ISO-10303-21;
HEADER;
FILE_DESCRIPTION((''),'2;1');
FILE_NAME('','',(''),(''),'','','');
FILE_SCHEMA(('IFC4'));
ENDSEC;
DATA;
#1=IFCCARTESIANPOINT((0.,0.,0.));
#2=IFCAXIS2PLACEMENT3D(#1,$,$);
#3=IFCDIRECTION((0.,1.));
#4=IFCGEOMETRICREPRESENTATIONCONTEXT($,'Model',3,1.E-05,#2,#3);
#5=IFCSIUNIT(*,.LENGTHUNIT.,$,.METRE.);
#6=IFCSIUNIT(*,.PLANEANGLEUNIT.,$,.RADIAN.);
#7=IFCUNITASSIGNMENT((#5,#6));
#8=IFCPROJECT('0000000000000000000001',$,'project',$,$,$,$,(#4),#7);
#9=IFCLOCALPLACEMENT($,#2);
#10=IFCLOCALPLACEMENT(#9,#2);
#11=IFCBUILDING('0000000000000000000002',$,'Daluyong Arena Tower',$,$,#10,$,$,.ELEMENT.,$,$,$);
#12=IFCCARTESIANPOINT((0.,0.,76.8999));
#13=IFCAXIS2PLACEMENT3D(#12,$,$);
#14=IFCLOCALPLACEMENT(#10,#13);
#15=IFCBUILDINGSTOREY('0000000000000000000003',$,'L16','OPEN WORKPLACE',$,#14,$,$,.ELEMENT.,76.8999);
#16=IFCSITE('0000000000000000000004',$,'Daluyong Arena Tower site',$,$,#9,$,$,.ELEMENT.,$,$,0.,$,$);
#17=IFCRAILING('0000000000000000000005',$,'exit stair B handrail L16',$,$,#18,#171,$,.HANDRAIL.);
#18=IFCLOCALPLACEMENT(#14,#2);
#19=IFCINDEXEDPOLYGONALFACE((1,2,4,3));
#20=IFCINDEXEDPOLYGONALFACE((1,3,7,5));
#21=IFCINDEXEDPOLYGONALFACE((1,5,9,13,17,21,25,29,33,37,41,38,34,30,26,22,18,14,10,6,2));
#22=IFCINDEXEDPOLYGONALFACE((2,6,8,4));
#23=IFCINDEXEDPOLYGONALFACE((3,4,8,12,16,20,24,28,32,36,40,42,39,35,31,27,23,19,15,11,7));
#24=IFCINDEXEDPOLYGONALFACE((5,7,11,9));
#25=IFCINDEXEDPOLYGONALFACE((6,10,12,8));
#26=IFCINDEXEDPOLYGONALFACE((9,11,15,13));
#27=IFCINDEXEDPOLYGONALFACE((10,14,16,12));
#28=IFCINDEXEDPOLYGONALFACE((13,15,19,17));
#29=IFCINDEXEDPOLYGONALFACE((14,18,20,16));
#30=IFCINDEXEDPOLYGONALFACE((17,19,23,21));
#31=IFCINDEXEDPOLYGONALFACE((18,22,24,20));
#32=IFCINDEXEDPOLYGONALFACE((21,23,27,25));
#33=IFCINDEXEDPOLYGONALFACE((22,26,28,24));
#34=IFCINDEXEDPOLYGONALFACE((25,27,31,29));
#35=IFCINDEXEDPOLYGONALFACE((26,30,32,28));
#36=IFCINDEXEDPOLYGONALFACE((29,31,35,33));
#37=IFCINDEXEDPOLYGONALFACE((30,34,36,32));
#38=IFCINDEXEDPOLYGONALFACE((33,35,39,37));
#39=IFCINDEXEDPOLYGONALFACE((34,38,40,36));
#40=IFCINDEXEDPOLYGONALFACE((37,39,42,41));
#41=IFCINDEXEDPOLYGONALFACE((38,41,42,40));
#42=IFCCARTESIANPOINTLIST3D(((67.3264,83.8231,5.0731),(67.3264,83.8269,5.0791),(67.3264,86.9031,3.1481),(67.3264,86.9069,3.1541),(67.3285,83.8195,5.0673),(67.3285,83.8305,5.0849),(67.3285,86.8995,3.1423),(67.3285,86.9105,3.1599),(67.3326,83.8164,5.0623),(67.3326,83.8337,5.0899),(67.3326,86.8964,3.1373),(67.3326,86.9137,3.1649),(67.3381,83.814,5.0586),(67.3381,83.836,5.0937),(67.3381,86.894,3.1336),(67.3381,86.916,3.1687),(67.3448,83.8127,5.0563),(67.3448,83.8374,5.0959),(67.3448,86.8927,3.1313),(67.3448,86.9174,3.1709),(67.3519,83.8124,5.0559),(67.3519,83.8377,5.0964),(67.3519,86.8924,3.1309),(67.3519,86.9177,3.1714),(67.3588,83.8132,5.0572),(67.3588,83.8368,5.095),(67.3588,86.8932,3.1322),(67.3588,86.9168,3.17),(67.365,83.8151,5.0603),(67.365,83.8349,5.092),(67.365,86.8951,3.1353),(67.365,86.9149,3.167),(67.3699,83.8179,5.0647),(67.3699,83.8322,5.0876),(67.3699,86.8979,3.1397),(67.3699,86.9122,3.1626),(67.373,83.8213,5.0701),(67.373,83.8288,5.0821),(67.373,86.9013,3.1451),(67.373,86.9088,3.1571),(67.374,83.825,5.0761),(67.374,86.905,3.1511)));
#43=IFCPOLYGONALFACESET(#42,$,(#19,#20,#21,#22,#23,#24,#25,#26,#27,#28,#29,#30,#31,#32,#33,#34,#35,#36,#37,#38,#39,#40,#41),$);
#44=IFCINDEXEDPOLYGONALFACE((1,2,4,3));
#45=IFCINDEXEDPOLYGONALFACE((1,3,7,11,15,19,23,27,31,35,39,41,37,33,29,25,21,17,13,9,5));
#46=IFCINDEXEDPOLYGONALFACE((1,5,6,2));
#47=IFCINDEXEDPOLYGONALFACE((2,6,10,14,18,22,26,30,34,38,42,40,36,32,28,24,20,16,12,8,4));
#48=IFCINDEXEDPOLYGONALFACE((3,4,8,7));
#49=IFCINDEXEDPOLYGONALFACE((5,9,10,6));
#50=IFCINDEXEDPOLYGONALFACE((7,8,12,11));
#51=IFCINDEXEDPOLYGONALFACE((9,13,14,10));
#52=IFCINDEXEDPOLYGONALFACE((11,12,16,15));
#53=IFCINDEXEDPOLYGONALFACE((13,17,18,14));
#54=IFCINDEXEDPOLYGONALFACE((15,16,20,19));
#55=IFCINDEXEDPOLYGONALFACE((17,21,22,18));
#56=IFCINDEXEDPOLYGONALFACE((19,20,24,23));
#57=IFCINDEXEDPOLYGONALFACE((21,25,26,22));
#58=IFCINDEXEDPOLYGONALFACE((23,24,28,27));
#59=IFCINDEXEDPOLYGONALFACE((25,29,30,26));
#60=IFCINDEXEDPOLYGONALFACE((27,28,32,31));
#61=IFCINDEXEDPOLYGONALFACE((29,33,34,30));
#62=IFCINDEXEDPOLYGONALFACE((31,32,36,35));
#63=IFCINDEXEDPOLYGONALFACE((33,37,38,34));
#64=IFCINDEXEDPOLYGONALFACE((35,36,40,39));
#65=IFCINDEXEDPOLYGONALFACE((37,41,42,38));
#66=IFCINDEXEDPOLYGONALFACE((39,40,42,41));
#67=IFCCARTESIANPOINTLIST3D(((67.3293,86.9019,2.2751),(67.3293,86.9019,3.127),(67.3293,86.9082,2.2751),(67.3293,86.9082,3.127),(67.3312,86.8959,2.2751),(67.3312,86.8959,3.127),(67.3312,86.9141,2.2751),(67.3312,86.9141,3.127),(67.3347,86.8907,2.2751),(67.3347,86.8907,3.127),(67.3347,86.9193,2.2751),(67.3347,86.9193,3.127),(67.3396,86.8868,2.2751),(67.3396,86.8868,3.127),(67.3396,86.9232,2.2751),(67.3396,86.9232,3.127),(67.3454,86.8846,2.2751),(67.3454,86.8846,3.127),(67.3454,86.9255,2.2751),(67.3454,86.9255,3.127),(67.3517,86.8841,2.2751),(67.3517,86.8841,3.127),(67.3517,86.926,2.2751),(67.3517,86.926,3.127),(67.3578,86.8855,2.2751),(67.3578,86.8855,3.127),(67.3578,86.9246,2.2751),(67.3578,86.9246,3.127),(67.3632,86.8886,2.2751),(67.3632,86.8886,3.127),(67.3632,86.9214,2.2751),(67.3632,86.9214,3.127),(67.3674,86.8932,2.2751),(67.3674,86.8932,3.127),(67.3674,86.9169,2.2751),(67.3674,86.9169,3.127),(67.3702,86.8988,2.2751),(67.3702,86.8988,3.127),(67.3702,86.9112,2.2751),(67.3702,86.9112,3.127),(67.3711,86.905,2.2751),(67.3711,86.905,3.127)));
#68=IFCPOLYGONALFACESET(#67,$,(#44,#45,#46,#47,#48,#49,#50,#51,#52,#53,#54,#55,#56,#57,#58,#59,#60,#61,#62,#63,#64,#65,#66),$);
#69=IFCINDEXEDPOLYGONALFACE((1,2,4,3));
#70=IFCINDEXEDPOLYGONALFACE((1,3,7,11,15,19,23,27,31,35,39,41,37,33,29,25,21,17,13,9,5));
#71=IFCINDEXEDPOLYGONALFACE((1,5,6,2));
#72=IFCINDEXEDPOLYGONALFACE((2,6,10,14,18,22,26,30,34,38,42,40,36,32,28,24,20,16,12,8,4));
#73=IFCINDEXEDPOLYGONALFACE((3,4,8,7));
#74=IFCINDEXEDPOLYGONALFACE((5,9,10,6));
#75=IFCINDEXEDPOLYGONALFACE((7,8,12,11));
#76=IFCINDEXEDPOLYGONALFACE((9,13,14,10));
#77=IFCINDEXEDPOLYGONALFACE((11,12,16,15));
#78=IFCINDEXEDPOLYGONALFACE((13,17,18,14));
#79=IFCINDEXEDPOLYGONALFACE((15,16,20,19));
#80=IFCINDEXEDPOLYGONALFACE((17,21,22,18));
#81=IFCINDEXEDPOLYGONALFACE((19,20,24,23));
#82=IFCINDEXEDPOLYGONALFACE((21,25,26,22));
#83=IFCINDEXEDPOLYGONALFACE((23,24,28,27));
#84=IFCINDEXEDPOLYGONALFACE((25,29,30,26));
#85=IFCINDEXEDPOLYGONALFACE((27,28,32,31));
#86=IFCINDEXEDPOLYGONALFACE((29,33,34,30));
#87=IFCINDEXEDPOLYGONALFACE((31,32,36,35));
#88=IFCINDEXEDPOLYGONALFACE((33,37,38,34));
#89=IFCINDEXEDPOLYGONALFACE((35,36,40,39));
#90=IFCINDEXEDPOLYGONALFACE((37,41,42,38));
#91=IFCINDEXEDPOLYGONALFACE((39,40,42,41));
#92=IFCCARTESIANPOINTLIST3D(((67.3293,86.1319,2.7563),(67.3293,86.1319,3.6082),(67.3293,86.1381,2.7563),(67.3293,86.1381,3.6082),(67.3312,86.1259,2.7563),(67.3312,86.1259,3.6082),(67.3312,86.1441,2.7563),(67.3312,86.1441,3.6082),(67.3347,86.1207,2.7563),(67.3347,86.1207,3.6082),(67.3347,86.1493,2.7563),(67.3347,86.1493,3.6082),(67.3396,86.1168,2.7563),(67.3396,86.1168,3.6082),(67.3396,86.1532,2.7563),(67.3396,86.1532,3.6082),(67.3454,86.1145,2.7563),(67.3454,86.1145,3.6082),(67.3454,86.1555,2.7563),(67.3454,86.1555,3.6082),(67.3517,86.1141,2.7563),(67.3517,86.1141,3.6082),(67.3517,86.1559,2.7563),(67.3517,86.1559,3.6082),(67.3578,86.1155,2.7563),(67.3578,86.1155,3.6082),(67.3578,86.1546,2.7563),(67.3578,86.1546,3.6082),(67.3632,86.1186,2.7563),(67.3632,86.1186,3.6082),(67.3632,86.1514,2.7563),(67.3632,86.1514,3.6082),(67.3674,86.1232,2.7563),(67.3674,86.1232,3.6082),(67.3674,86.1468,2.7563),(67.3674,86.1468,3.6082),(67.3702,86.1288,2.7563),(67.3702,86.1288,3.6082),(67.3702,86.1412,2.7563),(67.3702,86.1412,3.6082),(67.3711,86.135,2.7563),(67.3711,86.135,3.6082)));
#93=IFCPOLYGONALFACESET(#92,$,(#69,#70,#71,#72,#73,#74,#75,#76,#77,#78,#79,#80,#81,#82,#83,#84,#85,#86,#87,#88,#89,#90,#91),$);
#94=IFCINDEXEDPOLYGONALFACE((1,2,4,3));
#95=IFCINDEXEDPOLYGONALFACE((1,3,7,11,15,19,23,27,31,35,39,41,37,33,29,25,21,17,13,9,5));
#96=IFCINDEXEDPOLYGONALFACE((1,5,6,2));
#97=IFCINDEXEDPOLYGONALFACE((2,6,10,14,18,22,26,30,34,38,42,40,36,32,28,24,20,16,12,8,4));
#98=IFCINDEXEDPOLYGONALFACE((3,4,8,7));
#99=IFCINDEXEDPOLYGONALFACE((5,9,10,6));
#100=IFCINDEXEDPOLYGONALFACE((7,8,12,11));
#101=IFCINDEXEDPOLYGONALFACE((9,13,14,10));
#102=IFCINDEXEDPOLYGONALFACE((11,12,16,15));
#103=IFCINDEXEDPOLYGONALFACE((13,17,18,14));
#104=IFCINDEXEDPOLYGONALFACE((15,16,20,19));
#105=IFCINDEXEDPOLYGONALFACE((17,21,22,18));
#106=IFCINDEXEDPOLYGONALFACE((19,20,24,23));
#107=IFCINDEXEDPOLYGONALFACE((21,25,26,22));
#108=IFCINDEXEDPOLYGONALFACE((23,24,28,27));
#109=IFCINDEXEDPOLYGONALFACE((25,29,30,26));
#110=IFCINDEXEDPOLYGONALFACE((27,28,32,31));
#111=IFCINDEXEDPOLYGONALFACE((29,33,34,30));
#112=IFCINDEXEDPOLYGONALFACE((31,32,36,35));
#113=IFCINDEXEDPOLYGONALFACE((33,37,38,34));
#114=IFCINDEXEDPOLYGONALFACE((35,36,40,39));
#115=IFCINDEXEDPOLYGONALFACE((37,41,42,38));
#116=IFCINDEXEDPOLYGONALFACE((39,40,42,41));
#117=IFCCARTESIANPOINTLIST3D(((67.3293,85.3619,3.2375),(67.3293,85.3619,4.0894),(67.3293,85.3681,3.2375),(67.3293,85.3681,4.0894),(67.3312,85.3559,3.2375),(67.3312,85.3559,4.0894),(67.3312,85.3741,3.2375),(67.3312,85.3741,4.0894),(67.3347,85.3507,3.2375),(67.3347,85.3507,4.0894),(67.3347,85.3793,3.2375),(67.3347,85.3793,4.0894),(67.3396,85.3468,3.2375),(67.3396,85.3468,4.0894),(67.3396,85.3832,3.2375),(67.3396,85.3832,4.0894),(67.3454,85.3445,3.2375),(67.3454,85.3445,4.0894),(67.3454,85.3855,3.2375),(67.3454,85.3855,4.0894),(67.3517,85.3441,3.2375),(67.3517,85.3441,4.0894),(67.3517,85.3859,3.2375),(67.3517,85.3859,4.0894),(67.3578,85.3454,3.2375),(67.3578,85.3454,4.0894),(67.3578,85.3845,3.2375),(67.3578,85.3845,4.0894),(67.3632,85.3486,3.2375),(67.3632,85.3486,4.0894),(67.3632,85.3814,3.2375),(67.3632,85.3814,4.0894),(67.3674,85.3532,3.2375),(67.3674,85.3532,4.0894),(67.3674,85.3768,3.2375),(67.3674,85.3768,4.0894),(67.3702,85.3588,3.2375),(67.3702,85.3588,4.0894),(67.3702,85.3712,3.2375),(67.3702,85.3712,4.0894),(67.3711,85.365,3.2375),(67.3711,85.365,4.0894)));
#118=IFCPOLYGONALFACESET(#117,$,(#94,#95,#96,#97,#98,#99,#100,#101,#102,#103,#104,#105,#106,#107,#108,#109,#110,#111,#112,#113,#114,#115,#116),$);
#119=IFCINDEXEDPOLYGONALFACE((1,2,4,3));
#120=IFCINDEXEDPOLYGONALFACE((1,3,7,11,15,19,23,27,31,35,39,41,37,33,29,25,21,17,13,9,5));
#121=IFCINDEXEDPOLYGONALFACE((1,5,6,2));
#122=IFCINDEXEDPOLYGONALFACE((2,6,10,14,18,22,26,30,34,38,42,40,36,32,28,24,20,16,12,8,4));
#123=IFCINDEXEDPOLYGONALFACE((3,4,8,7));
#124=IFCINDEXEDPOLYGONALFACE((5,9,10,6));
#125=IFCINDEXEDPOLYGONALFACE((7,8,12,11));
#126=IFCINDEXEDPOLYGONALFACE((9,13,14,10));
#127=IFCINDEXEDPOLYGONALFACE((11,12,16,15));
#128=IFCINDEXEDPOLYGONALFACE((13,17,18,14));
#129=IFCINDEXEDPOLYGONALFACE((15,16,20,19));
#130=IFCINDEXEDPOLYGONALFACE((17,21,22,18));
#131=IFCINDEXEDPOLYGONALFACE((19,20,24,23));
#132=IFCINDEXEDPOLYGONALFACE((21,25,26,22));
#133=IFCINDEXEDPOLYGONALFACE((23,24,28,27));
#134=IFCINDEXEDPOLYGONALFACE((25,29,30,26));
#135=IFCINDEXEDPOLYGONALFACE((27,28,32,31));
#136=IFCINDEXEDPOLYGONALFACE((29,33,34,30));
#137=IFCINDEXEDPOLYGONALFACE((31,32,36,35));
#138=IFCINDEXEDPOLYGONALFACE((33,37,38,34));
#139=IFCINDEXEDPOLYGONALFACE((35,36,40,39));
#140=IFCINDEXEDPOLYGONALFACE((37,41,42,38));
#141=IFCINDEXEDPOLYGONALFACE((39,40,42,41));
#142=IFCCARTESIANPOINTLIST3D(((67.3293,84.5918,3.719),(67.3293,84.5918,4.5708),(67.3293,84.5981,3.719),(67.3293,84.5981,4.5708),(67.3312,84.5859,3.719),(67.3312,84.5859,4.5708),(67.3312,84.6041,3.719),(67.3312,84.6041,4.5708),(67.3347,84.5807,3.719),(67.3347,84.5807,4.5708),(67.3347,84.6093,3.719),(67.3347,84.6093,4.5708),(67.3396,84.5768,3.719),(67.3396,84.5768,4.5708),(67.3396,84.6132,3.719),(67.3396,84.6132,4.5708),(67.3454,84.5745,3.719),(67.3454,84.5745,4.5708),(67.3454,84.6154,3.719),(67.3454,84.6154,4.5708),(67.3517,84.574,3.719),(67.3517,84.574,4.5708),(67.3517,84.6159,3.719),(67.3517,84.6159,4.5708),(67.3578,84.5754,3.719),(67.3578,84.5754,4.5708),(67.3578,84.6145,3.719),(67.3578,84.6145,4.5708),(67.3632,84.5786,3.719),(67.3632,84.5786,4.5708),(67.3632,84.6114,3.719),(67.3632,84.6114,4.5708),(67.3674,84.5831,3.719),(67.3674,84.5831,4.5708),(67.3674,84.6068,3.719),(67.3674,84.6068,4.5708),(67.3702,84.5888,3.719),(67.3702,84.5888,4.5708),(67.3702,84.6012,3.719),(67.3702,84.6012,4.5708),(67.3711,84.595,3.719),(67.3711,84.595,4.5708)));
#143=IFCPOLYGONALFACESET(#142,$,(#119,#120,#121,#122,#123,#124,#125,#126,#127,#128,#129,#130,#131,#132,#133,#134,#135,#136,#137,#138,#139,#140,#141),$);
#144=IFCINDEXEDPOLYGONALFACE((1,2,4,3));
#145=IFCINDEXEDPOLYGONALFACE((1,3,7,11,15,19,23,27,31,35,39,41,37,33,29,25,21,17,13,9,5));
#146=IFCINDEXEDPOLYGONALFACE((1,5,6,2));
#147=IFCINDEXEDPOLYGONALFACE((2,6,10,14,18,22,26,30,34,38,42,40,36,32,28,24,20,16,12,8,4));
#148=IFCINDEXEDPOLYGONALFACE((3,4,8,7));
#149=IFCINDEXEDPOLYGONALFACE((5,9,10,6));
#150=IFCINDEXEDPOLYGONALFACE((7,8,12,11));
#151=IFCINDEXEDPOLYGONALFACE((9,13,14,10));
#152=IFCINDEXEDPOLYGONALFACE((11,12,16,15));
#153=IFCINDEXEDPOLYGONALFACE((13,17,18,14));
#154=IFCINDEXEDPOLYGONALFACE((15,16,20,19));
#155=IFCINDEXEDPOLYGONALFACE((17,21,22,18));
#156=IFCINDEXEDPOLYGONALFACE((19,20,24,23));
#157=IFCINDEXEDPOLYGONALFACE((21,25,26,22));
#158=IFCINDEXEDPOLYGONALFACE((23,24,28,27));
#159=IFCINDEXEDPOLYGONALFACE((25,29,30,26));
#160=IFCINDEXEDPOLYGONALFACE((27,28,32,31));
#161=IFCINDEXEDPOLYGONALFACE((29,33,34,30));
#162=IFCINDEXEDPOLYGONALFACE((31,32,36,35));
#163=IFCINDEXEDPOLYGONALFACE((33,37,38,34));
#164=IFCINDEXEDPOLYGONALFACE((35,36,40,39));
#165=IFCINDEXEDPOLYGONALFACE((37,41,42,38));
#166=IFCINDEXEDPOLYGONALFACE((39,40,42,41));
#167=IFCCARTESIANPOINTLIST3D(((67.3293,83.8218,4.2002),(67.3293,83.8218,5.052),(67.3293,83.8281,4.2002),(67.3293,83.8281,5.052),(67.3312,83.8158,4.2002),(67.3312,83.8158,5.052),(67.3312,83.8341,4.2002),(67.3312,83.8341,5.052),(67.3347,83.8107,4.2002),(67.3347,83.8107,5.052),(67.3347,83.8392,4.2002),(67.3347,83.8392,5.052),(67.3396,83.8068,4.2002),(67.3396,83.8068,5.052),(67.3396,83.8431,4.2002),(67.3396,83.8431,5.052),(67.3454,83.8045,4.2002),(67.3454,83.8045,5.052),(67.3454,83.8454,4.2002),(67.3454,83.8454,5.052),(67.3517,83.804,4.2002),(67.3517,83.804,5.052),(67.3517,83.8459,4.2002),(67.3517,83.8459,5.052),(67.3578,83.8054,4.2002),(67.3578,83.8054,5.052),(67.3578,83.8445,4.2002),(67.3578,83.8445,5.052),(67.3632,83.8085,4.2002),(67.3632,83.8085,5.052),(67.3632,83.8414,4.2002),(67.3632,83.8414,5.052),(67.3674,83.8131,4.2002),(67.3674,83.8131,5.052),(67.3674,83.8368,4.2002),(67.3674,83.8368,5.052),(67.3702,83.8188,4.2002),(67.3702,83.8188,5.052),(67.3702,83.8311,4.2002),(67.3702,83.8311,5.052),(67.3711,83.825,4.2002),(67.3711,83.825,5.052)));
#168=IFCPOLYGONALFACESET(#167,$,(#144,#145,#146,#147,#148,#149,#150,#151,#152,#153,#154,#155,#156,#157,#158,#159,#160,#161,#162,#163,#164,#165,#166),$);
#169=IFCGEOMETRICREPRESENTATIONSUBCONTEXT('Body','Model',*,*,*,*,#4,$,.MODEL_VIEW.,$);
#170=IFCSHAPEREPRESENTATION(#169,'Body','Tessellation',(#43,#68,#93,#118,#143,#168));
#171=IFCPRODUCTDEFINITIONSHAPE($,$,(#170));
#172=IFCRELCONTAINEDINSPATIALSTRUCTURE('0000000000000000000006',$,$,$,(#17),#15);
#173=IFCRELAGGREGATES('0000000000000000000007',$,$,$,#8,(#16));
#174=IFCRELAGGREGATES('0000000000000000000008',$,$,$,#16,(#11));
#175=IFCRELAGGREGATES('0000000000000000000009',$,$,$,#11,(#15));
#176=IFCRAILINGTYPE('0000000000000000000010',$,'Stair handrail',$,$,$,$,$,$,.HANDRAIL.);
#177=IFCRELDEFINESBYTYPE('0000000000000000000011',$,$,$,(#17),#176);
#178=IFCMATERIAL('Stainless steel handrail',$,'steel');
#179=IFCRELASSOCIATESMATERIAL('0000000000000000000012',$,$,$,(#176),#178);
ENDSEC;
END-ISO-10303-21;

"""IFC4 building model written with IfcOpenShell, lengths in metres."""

from ifc_helpers import new_model, si_unit, direction, frame, origin, origin_2d, place, context, subcontext, project, spatial, circle, extrude, material, type_object, element, save


model = new_model("IFC4")

# Units and contexts
model_context = context("Model", 3, precision=1e-05, world=origin(), true_north=direction((0.0, 1.0)))
body_context = subcontext(model_context, "Body", "Model", "MODEL_VIEW")
ifc_project = project(units=[si_unit("LENGTHUNIT", "METRE"), si_unit("PLANEANGLEUNIT", "RADIAN")], contexts=[model_context])

# Site, building, storey
site_placement = place(None, origin())
site = spatial("IfcSite", under=ifc_project, at=site_placement, Name="Daluyong Arena Tower site", CompositionType="ELEMENT", RefElevation=0.0)
building_placement = place(site_placement, origin())
building = spatial("IfcBuilding", under=site, at=building_placement, Name="Daluyong Arena Tower", CompositionType="ELEMENT")
storey_placement = place(building_placement, frame((0.0, 0.0, 76.8999)))
storey = spatial("IfcBuildingStorey", under=building, at=storey_placement, Name="L16", Description="OPEN WORKPLACE", CompositionType="ELEMENT", Elevation=76.8999)

# Railing
ifc_material_1 = material(Name="Stainless steel handrail", Category="steel")
railing_type_1 = type_object("IfcRailingType", Name="Stair handrail", PredefinedType="HANDRAIL", material=ifc_material_1)
railing_1_placement = place(storey_placement, frame((67.3501, 86.905, 2.2751)))
element("IfcRailing", 1, at=railing_1_placement, inside=storey, type_object=railing_type_1, Name="exit stair B handrail L16", PredefinedType="HANDRAIL", context=body_context, shape_type="SweptSolid", body=[
    extrude(circle(Radius=0.0239, at=origin_2d()), frame((0.0, 0.0, 0.876), z_axis=(0.0, -0.847998, 0.529999), x_axis=(1.0, 0.0, 0.0)), (0.0, 0.0, 1.0), 3.6321),
    extrude(circle(Radius=0.021, at=origin_2d()), origin(), (0.0, 0.0, 1.0), 0.8518),
    extrude(circle(Radius=0.021, at=origin_2d()), frame((0.0, -0.77, 0.4812)), (0.0, 0.0, 1.0), 0.8518),
    extrude(circle(Radius=0.021, at=origin_2d()), frame((0.0, -1.54, 0.9624)), (0.0, 0.0, 1.0), 0.8518),
    extrude(circle(Radius=0.021, at=origin_2d()), frame((0.0, -2.3101, 1.4438)), (0.0, 0.0, 1.0), 0.8518),
    extrude(circle(Radius=0.021, at=origin_2d()), frame((0.0, -3.0801, 1.925)), (0.0, 0.0, 1.0), 0.8518),
])

save(model, "model.ifc")
